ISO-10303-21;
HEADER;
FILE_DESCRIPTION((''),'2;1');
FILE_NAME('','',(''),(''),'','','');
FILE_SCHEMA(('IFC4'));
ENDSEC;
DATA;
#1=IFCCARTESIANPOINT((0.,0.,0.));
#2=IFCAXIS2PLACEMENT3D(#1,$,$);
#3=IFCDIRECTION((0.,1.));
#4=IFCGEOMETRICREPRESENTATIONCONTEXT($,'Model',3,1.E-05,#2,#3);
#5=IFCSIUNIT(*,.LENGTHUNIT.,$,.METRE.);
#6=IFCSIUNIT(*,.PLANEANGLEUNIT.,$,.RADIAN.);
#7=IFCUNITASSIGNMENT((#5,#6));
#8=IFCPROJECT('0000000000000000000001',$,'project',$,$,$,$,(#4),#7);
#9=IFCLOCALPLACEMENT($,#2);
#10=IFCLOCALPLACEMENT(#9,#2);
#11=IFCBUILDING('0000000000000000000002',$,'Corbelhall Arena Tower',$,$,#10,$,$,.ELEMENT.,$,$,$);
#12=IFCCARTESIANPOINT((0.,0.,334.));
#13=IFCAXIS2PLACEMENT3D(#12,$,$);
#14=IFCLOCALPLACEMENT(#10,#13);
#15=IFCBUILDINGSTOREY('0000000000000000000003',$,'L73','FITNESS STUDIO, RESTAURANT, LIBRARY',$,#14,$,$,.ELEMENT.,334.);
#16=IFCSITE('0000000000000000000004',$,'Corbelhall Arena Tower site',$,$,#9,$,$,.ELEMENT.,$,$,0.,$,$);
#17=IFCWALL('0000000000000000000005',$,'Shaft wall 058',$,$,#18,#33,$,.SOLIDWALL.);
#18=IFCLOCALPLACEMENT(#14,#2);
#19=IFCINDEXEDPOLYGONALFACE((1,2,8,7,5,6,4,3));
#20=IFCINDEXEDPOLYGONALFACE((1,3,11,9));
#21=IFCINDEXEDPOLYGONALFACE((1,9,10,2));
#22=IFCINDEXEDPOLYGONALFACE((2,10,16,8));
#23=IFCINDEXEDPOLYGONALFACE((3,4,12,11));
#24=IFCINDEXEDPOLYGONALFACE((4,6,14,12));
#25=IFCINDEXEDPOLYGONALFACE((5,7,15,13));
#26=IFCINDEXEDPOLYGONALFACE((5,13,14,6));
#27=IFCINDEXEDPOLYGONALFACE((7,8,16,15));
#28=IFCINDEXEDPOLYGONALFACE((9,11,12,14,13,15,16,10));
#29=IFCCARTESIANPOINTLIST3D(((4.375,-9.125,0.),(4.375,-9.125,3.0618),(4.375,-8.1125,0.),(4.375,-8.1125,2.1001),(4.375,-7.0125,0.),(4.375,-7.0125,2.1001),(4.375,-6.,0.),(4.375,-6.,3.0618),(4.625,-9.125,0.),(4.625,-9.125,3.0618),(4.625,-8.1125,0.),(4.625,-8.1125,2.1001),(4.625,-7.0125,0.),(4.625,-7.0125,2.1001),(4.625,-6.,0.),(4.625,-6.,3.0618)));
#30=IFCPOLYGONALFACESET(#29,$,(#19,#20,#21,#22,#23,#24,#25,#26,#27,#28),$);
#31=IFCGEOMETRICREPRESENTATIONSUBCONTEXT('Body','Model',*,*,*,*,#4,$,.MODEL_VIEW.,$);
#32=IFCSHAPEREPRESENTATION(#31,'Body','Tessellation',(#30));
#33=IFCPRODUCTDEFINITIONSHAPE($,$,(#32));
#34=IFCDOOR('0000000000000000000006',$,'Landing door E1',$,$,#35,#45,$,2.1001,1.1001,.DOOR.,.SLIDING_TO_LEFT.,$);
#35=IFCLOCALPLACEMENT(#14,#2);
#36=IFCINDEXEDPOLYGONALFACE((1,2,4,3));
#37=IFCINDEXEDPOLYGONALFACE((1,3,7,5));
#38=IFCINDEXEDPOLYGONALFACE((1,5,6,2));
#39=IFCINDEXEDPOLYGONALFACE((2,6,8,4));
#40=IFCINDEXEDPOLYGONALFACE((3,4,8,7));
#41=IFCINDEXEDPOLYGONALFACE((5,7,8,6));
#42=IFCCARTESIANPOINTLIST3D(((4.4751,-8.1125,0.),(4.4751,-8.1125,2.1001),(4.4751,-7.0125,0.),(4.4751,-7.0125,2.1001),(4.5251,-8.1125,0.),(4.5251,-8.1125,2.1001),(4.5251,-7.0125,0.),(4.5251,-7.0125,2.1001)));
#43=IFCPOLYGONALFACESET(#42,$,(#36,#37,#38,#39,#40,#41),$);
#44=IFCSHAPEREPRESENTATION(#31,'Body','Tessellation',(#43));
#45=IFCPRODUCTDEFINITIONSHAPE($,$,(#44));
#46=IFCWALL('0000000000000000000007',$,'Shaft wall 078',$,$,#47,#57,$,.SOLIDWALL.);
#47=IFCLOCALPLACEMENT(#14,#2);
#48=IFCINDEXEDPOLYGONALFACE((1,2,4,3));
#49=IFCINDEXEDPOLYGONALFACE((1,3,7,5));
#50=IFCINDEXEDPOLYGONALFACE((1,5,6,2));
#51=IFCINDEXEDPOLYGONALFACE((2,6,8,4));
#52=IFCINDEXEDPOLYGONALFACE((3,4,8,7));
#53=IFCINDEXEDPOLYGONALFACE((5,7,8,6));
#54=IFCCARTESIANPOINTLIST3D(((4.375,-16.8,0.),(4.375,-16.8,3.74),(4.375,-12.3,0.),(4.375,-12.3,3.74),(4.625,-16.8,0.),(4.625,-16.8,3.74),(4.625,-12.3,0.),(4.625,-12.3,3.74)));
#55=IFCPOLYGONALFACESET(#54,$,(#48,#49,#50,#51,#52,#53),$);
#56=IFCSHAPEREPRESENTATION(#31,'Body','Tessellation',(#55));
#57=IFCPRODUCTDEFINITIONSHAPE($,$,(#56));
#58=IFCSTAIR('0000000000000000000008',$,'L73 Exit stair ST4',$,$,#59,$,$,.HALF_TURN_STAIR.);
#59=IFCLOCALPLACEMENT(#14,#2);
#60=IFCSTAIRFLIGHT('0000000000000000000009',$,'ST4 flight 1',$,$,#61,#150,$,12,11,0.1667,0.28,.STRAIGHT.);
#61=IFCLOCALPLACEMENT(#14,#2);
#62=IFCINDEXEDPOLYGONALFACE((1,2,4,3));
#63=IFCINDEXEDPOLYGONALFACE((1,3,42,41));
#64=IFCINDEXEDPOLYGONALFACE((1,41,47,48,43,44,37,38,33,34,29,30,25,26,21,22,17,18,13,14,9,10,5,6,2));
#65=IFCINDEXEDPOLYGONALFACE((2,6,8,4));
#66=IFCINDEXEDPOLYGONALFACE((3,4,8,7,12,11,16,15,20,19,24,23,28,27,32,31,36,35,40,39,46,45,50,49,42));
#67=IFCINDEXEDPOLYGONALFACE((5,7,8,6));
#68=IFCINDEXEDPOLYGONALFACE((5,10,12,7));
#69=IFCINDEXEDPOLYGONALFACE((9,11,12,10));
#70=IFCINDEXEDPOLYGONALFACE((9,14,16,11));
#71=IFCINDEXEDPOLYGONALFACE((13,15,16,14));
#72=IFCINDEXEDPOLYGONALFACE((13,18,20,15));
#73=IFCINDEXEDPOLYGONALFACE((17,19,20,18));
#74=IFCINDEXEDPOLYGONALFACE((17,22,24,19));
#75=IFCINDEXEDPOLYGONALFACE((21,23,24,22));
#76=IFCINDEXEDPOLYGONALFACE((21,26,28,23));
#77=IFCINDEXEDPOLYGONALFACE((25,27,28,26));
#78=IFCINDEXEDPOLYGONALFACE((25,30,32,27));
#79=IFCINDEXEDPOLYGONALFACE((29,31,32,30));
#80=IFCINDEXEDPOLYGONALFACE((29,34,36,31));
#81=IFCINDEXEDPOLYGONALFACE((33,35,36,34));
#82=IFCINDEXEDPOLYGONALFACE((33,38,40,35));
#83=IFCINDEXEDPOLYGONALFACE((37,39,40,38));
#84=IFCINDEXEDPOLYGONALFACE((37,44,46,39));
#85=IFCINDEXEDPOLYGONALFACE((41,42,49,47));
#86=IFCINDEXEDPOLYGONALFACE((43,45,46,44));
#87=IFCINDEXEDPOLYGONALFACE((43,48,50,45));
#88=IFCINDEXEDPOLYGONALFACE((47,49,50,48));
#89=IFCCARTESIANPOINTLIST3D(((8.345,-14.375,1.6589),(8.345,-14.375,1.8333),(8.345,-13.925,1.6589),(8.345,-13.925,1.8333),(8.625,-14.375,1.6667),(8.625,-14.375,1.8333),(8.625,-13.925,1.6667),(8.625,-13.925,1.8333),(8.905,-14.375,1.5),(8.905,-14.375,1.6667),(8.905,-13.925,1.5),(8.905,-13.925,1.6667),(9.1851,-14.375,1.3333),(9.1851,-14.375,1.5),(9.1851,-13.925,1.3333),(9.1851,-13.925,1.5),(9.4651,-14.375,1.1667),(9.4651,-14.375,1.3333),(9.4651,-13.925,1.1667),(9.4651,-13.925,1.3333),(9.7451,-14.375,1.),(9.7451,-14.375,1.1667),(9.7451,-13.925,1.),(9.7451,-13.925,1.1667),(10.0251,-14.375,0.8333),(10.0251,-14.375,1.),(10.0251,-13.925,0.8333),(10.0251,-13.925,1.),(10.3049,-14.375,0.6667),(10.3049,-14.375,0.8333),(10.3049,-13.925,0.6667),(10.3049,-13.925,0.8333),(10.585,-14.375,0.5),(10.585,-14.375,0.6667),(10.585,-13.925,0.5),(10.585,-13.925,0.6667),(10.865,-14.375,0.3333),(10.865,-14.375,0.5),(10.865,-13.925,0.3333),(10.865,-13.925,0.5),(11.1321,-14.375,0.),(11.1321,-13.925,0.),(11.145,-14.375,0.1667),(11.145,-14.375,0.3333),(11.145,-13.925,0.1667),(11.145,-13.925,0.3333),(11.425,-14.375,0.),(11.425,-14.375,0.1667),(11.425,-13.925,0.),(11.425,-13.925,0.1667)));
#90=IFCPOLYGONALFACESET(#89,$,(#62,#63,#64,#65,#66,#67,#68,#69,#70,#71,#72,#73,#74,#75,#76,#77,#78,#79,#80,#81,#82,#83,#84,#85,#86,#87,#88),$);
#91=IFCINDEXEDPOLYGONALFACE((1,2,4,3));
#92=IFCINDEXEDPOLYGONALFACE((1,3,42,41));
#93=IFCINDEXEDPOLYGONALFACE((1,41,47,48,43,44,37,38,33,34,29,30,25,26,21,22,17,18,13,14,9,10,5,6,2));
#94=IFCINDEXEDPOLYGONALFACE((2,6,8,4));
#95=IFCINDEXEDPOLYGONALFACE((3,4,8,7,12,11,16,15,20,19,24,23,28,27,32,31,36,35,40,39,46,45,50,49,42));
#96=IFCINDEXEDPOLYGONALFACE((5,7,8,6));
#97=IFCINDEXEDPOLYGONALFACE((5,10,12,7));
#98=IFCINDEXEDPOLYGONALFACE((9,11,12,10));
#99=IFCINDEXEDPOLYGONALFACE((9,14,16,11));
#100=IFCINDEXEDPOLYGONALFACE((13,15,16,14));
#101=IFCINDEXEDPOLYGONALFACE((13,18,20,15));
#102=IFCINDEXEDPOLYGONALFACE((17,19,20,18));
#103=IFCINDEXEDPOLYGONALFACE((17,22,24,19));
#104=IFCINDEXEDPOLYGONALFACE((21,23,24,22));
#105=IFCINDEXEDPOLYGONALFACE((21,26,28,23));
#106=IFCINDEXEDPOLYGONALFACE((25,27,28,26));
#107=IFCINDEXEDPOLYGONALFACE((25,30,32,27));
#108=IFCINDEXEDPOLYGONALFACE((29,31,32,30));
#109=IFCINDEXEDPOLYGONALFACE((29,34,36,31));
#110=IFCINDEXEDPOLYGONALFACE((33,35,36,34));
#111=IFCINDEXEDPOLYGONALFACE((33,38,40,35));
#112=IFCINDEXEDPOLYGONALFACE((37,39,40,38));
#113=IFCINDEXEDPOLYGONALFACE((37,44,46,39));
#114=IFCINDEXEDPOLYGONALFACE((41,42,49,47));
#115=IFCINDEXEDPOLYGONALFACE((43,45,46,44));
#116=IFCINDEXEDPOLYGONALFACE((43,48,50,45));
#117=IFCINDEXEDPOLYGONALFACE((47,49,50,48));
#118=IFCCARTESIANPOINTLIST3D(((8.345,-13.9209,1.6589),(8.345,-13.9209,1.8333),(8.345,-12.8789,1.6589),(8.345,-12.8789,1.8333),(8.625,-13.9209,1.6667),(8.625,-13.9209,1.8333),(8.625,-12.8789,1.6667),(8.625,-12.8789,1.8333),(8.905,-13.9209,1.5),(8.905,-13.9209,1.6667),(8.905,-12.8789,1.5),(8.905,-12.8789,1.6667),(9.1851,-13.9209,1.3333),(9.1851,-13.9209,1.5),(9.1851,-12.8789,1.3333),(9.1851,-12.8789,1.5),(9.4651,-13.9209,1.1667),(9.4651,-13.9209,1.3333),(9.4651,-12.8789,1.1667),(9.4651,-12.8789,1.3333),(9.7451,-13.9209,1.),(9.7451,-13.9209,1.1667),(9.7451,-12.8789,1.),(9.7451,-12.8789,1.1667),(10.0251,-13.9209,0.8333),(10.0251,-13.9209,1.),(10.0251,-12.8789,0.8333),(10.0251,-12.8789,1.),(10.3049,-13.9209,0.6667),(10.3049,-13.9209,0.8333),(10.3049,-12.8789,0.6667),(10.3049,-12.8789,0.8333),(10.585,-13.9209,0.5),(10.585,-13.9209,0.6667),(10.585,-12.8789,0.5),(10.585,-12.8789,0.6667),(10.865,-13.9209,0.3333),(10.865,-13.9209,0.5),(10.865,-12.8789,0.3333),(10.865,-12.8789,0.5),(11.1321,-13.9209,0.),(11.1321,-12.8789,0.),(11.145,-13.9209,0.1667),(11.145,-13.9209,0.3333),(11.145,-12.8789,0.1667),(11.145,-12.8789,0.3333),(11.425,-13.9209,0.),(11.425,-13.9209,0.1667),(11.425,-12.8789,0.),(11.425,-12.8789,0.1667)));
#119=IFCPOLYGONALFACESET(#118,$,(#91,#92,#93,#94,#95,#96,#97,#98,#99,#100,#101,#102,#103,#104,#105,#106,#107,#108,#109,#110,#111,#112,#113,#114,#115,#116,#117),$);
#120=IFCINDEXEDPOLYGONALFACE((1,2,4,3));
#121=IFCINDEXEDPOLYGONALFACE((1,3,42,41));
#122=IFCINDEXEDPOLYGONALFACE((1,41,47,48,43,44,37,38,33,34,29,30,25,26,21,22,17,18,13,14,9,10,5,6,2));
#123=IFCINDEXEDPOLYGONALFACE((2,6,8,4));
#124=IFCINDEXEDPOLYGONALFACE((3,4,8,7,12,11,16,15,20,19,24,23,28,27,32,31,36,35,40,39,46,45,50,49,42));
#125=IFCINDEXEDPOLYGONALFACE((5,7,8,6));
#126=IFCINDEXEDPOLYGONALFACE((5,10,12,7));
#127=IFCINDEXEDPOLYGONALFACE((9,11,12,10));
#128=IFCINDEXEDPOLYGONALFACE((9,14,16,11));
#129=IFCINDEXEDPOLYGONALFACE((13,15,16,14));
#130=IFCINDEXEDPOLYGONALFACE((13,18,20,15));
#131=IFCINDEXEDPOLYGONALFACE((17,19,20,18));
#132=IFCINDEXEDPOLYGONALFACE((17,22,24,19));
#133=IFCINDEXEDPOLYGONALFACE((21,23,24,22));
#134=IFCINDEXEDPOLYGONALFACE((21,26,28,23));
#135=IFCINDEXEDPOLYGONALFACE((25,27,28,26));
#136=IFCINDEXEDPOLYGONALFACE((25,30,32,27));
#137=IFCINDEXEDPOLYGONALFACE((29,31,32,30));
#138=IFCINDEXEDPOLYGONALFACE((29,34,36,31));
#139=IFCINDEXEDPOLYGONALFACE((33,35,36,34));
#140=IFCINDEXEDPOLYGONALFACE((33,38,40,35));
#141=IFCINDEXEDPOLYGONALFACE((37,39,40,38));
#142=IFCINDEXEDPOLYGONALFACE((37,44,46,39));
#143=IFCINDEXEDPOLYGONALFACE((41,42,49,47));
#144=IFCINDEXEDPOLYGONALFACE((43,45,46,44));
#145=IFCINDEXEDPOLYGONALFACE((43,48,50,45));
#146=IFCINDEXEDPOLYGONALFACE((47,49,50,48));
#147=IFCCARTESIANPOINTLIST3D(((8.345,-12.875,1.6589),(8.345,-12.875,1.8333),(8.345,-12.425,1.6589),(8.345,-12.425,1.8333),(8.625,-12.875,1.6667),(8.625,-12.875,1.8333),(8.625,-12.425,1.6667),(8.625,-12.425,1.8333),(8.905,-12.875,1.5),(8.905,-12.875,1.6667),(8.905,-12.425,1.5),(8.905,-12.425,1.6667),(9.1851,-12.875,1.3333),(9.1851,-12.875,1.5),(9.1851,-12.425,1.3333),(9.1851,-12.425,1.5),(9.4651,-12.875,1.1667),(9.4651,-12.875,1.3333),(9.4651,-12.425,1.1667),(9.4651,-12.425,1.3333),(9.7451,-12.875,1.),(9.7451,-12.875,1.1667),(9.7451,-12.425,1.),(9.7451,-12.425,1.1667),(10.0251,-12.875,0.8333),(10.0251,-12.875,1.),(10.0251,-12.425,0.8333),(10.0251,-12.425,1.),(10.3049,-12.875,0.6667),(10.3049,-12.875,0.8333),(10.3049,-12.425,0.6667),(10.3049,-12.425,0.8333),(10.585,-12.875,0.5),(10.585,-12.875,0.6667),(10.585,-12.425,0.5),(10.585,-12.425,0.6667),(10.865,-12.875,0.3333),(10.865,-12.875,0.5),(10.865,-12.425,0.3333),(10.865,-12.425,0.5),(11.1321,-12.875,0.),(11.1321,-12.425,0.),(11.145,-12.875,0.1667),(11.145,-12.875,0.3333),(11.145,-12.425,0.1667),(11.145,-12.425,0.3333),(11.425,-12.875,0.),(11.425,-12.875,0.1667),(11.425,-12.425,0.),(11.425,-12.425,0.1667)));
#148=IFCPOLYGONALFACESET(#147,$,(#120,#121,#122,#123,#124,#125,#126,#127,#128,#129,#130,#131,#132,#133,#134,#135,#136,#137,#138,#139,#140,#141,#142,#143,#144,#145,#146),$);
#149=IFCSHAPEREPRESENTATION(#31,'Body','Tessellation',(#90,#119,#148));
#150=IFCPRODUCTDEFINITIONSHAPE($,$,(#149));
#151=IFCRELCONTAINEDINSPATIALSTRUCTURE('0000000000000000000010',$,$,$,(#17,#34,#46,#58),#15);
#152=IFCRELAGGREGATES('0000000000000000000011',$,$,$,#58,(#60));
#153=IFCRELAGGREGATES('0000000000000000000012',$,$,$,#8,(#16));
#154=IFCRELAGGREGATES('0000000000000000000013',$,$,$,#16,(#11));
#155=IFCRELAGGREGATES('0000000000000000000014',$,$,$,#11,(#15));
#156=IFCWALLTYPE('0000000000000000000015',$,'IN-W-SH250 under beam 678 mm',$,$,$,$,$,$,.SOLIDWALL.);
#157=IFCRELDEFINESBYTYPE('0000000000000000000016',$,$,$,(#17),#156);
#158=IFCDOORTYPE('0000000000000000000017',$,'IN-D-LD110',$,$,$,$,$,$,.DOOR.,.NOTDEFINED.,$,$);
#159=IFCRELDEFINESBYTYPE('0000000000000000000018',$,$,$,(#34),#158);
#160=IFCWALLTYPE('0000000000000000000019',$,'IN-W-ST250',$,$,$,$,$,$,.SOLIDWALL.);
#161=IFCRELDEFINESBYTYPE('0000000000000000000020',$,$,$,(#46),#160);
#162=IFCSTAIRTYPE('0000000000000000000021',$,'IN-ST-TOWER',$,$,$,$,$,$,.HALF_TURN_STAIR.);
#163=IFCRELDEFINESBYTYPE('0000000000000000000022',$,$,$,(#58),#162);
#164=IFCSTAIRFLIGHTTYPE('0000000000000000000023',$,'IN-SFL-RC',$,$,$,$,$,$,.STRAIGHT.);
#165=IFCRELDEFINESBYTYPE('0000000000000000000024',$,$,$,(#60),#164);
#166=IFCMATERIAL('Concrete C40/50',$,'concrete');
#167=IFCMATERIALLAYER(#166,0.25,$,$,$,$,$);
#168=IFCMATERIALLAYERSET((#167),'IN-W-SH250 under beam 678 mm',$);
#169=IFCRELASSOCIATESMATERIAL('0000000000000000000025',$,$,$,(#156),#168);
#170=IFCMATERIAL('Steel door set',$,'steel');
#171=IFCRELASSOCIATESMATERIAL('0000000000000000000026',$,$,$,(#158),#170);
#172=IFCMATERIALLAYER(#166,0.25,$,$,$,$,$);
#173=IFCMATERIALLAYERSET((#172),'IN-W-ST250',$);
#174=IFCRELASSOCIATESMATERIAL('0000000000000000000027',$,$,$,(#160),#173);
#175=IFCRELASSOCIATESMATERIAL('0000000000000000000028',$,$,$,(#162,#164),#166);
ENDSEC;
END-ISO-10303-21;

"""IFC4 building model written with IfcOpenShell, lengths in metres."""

from ifc_helpers import new_model, si_unit, direction, frame, frame_2d, origin, place, context, subcontext, project, spatial, polyline, rectangle, outline, extrude, material, layer, layer_set, type_object, element, fill, aggregate, save


model = new_model("IFC4")

# Units and contexts
model_context = context("Model", 3, precision=1e-05, world=origin(), true_north=direction((0.0, 1.0)))
body_context = subcontext(model_context, "Body", "Model", "MODEL_VIEW")
ifc_project = project(units=[si_unit("LENGTHUNIT", "METRE"), si_unit("PLANEANGLEUNIT", "RADIAN")], contexts=[model_context])

# Site, building, storey
site_placement = place(None, origin())
site = spatial("IfcSite", under=ifc_project, at=site_placement, Name="Corbelhall Arena Tower site", CompositionType="ELEMENT", RefElevation=0.0)
building_placement = place(site_placement, origin())
building = spatial("IfcBuilding", under=site, at=building_placement, Name="Corbelhall Arena Tower", CompositionType="ELEMENT")
storey_placement = place(building_placement, frame((0.0, 0.0, 334.0)))
storey = spatial("IfcBuildingStorey", under=building, at=storey_placement, Name="L73", Description="FITNESS STUDIO, RESTAURANT, LIBRARY", CompositionType="ELEMENT", Elevation=334.0)

# Wall, opening, door
ifc_material_1 = material(Name="Concrete C40/50", Category="concrete")
ifc_layer_1 = layer(ifc_material_1, 0.25)
ifc_layer_set_1 = layer_set([ifc_layer_1], Name="IN-W-SH250 under beam 678 mm")
wall_type_1 = type_object("IfcWallType", Name="IN-W-SH250 under beam 678 mm", PredefinedType="SOLIDWALL", material=ifc_layer_set_1)
wall_1_placement = place(storey_placement, frame((4.5, -9.125, 0.0), z_axis=(0.0, 0.0, 1.0), x_axis=(0.0, 1.0, 0.0)))
wall_1 = element("IfcWall", 1, at=wall_1_placement, inside=storey, type_object=wall_type_1, Name="Shaft wall 058", PredefinedType="SOLIDWALL", context=body_context, shape_type="SweptSolid", body=[
    extrude(rectangle(XDim=3.125, YDim=0.25, at=frame_2d((1.5625, 0.0))), origin(), (0.0, 0.0, 1.0), 3.0618),
])
opening_1_placement = place(wall_1_placement, frame((1.0125, 0.0, 0.0)))
opening_1 = element("IfcOpeningElement", 2, at=opening_1_placement, cuts=wall_1, PredefinedType="OPENING", context=body_context, shape_type="SweptSolid", body=[
    extrude(rectangle(XDim=1.1001, YDim=2.1001, at=frame_2d((0.55, 1.05))), frame((0.0, 0.125, 0.0), z_axis=(0.0, -1.0, 0.0), x_axis=(1.0, 0.0, 0.0)), (0.0, 0.0, 1.0), 0.25),
])
ifc_material_2 = material(Name="Steel door set", Category="steel")
door_type = type_object("IfcDoorType", Name="IN-D-LD110", OperationType="NOTDEFINED", PredefinedType="DOOR", material=ifc_material_2)
door_placement = place(opening_1_placement, origin())
door = element("IfcDoor", 3, at=door_placement, inside=storey, type_object=door_type, Name="Landing door E1", OperationType="SLIDING_TO_LEFT", OverallHeight=2.1001, OverallWidth=1.1001, PredefinedType="DOOR", context=body_context, shape_type="SweptSolid", body=[
    extrude(rectangle(XDim=1.1001, YDim=2.1001, at=frame_2d((0.55, 1.05))), frame((0.0, 0.0249, 0.0), z_axis=(0.0, -1.0, 0.0), x_axis=(1.0, 0.0, 0.0)), (0.0, 0.0, 1.0), 0.05),
])
fill(opening_1, door)

# Wall
ifc_layer_2 = layer(ifc_material_1, 0.25)
ifc_layer_set_2 = layer_set([ifc_layer_2], Name="IN-W-ST250")
wall_type_2 = type_object("IfcWallType", Name="IN-W-ST250", PredefinedType="SOLIDWALL", material=ifc_layer_set_2)
wall_2_placement = place(storey_placement, frame((4.5, -16.8, 0.0), z_axis=(0.0, 0.0, 1.0), x_axis=(0.0, 1.0, 0.0)))
element("IfcWall", 4, at=wall_2_placement, inside=storey, type_object=wall_type_2, Name="Shaft wall 078", PredefinedType="SOLIDWALL", context=body_context, shape_type="SweptSolid", body=[
    extrude(rectangle(XDim=4.5, YDim=0.25, at=frame_2d((2.25, 0.0))), origin(), (0.0, 0.0, 1.0), 3.74),
])

# Stair, stair flight
stair_type = type_object("IfcStairType", Name="IN-ST-TOWER", PredefinedType="HALF_TURN_STAIR", material=ifc_material_1)
stair_placement = place(storey_placement, origin())
stair = element("IfcStair", 5, at=stair_placement, inside=storey, type_object=stair_type, Name="L73 Exit stair ST4", PredefinedType="HALF_TURN_STAIR")
stair_flight_type = type_object("IfcStairFlightType", Name="IN-SFL-RC", PredefinedType="STRAIGHT", material=ifc_material_1)
stair_flight_1_placement = place(storey_placement, frame((11.425, -13.3999, 0.0), z_axis=(0.0, 0.0, 1.0), x_axis=(-1.0, 0.0, 0.0)))
stair_flight_1 = element("IfcStairFlight", 6, at=stair_flight_1_placement, type_object=stair_flight_type, Name="ST4 flight 1", NumberOfRisers=12, NumberOfTreads=11, PredefinedType="STRAIGHT", RiserHeight=0.1667, TreadLength=0.28, context=body_context, shape_type="SweptSolid", body=[
    extrude(outline(polyline([(0.0, 0.0), (0.0, 0.1667), (0.28, 0.1667), (0.28, 0.3333), (0.5601, 0.3333), (0.5601, 0.5), (0.8401, 0.5), (0.8401, 0.6667), (1.1201, 0.6667), (1.1201, 0.8333), (1.3999, 0.8333), (1.3999, 1.0), (1.6799, 1.0), (1.6799, 1.1667), (1.96, 1.1667), (1.96, 1.3333), (2.24, 1.3333), (2.24, 1.5), (2.52, 1.5), (2.52, 1.6667), (2.8, 1.6667), (2.8, 1.8333), (3.0801, 1.8333), (3.0801, 2.0), (3.0801, 1.6589), (0.293, 0.0), (0.0, 0.0)])), frame((0.0, 0.9751, 0.0), z_axis=(0.0, -1.0, 0.0), x_axis=(1.0, 0.0, 0.0)), (0.0, 0.0, 1.0), 0.45),
    extrude(outline(polyline([(0.0, 0.0), (0.0, 0.1667), (0.28, 0.1667), (0.28, 0.3333), (0.5601, 0.3333), (0.5601, 0.5), (0.8401, 0.5), (0.8401, 0.6667), (1.1201, 0.6667), (1.1201, 0.8333), (1.3999, 0.8333), (1.3999, 1.0), (1.6799, 1.0), (1.6799, 1.1667), (1.96, 1.1667), (1.96, 1.3333), (2.24, 1.3333), (2.24, 1.5), (2.52, 1.5), (2.52, 1.6667), (2.8, 1.6667), (2.8, 1.8333), (3.0801, 1.8333), (3.0801, 2.0), (3.0801, 1.6589), (0.293, 0.0), (0.0, 0.0)])), frame((0.0, 0.521, 0.0), z_axis=(0.0, -1.0, 0.0), x_axis=(1.0, 0.0, 0.0)), (0.0, 0.0, 1.0), 1.042),
    extrude(outline(polyline([(0.0, 0.0), (0.0, 0.1667), (0.28, 0.1667), (0.28, 0.3333), (0.5601, 0.3333), (0.5601, 0.5), (0.8401, 0.5), (0.8401, 0.6667), (1.1201, 0.6667), (1.1201, 0.8333), (1.3999, 0.8333), (1.3999, 1.0), (1.6799, 1.0), (1.6799, 1.1667), (1.96, 1.1667), (1.96, 1.3333), (2.24, 1.3333), (2.24, 1.5), (2.52, 1.5), (2.52, 1.6667), (2.8, 1.6667), (2.8, 1.8333), (3.0801, 1.8333), (3.0801, 2.0), (3.0801, 1.6589), (0.293, 0.0), (0.0, 0.0)])), frame((0.0, -0.5249, 0.0), z_axis=(0.0, -1.0, 0.0), x_axis=(1.0, 0.0, 0.0)), (0.0, 0.0, 1.0), 0.45),
])
aggregate(stair, [stair_flight_1])

save(model, "model.ifc")
